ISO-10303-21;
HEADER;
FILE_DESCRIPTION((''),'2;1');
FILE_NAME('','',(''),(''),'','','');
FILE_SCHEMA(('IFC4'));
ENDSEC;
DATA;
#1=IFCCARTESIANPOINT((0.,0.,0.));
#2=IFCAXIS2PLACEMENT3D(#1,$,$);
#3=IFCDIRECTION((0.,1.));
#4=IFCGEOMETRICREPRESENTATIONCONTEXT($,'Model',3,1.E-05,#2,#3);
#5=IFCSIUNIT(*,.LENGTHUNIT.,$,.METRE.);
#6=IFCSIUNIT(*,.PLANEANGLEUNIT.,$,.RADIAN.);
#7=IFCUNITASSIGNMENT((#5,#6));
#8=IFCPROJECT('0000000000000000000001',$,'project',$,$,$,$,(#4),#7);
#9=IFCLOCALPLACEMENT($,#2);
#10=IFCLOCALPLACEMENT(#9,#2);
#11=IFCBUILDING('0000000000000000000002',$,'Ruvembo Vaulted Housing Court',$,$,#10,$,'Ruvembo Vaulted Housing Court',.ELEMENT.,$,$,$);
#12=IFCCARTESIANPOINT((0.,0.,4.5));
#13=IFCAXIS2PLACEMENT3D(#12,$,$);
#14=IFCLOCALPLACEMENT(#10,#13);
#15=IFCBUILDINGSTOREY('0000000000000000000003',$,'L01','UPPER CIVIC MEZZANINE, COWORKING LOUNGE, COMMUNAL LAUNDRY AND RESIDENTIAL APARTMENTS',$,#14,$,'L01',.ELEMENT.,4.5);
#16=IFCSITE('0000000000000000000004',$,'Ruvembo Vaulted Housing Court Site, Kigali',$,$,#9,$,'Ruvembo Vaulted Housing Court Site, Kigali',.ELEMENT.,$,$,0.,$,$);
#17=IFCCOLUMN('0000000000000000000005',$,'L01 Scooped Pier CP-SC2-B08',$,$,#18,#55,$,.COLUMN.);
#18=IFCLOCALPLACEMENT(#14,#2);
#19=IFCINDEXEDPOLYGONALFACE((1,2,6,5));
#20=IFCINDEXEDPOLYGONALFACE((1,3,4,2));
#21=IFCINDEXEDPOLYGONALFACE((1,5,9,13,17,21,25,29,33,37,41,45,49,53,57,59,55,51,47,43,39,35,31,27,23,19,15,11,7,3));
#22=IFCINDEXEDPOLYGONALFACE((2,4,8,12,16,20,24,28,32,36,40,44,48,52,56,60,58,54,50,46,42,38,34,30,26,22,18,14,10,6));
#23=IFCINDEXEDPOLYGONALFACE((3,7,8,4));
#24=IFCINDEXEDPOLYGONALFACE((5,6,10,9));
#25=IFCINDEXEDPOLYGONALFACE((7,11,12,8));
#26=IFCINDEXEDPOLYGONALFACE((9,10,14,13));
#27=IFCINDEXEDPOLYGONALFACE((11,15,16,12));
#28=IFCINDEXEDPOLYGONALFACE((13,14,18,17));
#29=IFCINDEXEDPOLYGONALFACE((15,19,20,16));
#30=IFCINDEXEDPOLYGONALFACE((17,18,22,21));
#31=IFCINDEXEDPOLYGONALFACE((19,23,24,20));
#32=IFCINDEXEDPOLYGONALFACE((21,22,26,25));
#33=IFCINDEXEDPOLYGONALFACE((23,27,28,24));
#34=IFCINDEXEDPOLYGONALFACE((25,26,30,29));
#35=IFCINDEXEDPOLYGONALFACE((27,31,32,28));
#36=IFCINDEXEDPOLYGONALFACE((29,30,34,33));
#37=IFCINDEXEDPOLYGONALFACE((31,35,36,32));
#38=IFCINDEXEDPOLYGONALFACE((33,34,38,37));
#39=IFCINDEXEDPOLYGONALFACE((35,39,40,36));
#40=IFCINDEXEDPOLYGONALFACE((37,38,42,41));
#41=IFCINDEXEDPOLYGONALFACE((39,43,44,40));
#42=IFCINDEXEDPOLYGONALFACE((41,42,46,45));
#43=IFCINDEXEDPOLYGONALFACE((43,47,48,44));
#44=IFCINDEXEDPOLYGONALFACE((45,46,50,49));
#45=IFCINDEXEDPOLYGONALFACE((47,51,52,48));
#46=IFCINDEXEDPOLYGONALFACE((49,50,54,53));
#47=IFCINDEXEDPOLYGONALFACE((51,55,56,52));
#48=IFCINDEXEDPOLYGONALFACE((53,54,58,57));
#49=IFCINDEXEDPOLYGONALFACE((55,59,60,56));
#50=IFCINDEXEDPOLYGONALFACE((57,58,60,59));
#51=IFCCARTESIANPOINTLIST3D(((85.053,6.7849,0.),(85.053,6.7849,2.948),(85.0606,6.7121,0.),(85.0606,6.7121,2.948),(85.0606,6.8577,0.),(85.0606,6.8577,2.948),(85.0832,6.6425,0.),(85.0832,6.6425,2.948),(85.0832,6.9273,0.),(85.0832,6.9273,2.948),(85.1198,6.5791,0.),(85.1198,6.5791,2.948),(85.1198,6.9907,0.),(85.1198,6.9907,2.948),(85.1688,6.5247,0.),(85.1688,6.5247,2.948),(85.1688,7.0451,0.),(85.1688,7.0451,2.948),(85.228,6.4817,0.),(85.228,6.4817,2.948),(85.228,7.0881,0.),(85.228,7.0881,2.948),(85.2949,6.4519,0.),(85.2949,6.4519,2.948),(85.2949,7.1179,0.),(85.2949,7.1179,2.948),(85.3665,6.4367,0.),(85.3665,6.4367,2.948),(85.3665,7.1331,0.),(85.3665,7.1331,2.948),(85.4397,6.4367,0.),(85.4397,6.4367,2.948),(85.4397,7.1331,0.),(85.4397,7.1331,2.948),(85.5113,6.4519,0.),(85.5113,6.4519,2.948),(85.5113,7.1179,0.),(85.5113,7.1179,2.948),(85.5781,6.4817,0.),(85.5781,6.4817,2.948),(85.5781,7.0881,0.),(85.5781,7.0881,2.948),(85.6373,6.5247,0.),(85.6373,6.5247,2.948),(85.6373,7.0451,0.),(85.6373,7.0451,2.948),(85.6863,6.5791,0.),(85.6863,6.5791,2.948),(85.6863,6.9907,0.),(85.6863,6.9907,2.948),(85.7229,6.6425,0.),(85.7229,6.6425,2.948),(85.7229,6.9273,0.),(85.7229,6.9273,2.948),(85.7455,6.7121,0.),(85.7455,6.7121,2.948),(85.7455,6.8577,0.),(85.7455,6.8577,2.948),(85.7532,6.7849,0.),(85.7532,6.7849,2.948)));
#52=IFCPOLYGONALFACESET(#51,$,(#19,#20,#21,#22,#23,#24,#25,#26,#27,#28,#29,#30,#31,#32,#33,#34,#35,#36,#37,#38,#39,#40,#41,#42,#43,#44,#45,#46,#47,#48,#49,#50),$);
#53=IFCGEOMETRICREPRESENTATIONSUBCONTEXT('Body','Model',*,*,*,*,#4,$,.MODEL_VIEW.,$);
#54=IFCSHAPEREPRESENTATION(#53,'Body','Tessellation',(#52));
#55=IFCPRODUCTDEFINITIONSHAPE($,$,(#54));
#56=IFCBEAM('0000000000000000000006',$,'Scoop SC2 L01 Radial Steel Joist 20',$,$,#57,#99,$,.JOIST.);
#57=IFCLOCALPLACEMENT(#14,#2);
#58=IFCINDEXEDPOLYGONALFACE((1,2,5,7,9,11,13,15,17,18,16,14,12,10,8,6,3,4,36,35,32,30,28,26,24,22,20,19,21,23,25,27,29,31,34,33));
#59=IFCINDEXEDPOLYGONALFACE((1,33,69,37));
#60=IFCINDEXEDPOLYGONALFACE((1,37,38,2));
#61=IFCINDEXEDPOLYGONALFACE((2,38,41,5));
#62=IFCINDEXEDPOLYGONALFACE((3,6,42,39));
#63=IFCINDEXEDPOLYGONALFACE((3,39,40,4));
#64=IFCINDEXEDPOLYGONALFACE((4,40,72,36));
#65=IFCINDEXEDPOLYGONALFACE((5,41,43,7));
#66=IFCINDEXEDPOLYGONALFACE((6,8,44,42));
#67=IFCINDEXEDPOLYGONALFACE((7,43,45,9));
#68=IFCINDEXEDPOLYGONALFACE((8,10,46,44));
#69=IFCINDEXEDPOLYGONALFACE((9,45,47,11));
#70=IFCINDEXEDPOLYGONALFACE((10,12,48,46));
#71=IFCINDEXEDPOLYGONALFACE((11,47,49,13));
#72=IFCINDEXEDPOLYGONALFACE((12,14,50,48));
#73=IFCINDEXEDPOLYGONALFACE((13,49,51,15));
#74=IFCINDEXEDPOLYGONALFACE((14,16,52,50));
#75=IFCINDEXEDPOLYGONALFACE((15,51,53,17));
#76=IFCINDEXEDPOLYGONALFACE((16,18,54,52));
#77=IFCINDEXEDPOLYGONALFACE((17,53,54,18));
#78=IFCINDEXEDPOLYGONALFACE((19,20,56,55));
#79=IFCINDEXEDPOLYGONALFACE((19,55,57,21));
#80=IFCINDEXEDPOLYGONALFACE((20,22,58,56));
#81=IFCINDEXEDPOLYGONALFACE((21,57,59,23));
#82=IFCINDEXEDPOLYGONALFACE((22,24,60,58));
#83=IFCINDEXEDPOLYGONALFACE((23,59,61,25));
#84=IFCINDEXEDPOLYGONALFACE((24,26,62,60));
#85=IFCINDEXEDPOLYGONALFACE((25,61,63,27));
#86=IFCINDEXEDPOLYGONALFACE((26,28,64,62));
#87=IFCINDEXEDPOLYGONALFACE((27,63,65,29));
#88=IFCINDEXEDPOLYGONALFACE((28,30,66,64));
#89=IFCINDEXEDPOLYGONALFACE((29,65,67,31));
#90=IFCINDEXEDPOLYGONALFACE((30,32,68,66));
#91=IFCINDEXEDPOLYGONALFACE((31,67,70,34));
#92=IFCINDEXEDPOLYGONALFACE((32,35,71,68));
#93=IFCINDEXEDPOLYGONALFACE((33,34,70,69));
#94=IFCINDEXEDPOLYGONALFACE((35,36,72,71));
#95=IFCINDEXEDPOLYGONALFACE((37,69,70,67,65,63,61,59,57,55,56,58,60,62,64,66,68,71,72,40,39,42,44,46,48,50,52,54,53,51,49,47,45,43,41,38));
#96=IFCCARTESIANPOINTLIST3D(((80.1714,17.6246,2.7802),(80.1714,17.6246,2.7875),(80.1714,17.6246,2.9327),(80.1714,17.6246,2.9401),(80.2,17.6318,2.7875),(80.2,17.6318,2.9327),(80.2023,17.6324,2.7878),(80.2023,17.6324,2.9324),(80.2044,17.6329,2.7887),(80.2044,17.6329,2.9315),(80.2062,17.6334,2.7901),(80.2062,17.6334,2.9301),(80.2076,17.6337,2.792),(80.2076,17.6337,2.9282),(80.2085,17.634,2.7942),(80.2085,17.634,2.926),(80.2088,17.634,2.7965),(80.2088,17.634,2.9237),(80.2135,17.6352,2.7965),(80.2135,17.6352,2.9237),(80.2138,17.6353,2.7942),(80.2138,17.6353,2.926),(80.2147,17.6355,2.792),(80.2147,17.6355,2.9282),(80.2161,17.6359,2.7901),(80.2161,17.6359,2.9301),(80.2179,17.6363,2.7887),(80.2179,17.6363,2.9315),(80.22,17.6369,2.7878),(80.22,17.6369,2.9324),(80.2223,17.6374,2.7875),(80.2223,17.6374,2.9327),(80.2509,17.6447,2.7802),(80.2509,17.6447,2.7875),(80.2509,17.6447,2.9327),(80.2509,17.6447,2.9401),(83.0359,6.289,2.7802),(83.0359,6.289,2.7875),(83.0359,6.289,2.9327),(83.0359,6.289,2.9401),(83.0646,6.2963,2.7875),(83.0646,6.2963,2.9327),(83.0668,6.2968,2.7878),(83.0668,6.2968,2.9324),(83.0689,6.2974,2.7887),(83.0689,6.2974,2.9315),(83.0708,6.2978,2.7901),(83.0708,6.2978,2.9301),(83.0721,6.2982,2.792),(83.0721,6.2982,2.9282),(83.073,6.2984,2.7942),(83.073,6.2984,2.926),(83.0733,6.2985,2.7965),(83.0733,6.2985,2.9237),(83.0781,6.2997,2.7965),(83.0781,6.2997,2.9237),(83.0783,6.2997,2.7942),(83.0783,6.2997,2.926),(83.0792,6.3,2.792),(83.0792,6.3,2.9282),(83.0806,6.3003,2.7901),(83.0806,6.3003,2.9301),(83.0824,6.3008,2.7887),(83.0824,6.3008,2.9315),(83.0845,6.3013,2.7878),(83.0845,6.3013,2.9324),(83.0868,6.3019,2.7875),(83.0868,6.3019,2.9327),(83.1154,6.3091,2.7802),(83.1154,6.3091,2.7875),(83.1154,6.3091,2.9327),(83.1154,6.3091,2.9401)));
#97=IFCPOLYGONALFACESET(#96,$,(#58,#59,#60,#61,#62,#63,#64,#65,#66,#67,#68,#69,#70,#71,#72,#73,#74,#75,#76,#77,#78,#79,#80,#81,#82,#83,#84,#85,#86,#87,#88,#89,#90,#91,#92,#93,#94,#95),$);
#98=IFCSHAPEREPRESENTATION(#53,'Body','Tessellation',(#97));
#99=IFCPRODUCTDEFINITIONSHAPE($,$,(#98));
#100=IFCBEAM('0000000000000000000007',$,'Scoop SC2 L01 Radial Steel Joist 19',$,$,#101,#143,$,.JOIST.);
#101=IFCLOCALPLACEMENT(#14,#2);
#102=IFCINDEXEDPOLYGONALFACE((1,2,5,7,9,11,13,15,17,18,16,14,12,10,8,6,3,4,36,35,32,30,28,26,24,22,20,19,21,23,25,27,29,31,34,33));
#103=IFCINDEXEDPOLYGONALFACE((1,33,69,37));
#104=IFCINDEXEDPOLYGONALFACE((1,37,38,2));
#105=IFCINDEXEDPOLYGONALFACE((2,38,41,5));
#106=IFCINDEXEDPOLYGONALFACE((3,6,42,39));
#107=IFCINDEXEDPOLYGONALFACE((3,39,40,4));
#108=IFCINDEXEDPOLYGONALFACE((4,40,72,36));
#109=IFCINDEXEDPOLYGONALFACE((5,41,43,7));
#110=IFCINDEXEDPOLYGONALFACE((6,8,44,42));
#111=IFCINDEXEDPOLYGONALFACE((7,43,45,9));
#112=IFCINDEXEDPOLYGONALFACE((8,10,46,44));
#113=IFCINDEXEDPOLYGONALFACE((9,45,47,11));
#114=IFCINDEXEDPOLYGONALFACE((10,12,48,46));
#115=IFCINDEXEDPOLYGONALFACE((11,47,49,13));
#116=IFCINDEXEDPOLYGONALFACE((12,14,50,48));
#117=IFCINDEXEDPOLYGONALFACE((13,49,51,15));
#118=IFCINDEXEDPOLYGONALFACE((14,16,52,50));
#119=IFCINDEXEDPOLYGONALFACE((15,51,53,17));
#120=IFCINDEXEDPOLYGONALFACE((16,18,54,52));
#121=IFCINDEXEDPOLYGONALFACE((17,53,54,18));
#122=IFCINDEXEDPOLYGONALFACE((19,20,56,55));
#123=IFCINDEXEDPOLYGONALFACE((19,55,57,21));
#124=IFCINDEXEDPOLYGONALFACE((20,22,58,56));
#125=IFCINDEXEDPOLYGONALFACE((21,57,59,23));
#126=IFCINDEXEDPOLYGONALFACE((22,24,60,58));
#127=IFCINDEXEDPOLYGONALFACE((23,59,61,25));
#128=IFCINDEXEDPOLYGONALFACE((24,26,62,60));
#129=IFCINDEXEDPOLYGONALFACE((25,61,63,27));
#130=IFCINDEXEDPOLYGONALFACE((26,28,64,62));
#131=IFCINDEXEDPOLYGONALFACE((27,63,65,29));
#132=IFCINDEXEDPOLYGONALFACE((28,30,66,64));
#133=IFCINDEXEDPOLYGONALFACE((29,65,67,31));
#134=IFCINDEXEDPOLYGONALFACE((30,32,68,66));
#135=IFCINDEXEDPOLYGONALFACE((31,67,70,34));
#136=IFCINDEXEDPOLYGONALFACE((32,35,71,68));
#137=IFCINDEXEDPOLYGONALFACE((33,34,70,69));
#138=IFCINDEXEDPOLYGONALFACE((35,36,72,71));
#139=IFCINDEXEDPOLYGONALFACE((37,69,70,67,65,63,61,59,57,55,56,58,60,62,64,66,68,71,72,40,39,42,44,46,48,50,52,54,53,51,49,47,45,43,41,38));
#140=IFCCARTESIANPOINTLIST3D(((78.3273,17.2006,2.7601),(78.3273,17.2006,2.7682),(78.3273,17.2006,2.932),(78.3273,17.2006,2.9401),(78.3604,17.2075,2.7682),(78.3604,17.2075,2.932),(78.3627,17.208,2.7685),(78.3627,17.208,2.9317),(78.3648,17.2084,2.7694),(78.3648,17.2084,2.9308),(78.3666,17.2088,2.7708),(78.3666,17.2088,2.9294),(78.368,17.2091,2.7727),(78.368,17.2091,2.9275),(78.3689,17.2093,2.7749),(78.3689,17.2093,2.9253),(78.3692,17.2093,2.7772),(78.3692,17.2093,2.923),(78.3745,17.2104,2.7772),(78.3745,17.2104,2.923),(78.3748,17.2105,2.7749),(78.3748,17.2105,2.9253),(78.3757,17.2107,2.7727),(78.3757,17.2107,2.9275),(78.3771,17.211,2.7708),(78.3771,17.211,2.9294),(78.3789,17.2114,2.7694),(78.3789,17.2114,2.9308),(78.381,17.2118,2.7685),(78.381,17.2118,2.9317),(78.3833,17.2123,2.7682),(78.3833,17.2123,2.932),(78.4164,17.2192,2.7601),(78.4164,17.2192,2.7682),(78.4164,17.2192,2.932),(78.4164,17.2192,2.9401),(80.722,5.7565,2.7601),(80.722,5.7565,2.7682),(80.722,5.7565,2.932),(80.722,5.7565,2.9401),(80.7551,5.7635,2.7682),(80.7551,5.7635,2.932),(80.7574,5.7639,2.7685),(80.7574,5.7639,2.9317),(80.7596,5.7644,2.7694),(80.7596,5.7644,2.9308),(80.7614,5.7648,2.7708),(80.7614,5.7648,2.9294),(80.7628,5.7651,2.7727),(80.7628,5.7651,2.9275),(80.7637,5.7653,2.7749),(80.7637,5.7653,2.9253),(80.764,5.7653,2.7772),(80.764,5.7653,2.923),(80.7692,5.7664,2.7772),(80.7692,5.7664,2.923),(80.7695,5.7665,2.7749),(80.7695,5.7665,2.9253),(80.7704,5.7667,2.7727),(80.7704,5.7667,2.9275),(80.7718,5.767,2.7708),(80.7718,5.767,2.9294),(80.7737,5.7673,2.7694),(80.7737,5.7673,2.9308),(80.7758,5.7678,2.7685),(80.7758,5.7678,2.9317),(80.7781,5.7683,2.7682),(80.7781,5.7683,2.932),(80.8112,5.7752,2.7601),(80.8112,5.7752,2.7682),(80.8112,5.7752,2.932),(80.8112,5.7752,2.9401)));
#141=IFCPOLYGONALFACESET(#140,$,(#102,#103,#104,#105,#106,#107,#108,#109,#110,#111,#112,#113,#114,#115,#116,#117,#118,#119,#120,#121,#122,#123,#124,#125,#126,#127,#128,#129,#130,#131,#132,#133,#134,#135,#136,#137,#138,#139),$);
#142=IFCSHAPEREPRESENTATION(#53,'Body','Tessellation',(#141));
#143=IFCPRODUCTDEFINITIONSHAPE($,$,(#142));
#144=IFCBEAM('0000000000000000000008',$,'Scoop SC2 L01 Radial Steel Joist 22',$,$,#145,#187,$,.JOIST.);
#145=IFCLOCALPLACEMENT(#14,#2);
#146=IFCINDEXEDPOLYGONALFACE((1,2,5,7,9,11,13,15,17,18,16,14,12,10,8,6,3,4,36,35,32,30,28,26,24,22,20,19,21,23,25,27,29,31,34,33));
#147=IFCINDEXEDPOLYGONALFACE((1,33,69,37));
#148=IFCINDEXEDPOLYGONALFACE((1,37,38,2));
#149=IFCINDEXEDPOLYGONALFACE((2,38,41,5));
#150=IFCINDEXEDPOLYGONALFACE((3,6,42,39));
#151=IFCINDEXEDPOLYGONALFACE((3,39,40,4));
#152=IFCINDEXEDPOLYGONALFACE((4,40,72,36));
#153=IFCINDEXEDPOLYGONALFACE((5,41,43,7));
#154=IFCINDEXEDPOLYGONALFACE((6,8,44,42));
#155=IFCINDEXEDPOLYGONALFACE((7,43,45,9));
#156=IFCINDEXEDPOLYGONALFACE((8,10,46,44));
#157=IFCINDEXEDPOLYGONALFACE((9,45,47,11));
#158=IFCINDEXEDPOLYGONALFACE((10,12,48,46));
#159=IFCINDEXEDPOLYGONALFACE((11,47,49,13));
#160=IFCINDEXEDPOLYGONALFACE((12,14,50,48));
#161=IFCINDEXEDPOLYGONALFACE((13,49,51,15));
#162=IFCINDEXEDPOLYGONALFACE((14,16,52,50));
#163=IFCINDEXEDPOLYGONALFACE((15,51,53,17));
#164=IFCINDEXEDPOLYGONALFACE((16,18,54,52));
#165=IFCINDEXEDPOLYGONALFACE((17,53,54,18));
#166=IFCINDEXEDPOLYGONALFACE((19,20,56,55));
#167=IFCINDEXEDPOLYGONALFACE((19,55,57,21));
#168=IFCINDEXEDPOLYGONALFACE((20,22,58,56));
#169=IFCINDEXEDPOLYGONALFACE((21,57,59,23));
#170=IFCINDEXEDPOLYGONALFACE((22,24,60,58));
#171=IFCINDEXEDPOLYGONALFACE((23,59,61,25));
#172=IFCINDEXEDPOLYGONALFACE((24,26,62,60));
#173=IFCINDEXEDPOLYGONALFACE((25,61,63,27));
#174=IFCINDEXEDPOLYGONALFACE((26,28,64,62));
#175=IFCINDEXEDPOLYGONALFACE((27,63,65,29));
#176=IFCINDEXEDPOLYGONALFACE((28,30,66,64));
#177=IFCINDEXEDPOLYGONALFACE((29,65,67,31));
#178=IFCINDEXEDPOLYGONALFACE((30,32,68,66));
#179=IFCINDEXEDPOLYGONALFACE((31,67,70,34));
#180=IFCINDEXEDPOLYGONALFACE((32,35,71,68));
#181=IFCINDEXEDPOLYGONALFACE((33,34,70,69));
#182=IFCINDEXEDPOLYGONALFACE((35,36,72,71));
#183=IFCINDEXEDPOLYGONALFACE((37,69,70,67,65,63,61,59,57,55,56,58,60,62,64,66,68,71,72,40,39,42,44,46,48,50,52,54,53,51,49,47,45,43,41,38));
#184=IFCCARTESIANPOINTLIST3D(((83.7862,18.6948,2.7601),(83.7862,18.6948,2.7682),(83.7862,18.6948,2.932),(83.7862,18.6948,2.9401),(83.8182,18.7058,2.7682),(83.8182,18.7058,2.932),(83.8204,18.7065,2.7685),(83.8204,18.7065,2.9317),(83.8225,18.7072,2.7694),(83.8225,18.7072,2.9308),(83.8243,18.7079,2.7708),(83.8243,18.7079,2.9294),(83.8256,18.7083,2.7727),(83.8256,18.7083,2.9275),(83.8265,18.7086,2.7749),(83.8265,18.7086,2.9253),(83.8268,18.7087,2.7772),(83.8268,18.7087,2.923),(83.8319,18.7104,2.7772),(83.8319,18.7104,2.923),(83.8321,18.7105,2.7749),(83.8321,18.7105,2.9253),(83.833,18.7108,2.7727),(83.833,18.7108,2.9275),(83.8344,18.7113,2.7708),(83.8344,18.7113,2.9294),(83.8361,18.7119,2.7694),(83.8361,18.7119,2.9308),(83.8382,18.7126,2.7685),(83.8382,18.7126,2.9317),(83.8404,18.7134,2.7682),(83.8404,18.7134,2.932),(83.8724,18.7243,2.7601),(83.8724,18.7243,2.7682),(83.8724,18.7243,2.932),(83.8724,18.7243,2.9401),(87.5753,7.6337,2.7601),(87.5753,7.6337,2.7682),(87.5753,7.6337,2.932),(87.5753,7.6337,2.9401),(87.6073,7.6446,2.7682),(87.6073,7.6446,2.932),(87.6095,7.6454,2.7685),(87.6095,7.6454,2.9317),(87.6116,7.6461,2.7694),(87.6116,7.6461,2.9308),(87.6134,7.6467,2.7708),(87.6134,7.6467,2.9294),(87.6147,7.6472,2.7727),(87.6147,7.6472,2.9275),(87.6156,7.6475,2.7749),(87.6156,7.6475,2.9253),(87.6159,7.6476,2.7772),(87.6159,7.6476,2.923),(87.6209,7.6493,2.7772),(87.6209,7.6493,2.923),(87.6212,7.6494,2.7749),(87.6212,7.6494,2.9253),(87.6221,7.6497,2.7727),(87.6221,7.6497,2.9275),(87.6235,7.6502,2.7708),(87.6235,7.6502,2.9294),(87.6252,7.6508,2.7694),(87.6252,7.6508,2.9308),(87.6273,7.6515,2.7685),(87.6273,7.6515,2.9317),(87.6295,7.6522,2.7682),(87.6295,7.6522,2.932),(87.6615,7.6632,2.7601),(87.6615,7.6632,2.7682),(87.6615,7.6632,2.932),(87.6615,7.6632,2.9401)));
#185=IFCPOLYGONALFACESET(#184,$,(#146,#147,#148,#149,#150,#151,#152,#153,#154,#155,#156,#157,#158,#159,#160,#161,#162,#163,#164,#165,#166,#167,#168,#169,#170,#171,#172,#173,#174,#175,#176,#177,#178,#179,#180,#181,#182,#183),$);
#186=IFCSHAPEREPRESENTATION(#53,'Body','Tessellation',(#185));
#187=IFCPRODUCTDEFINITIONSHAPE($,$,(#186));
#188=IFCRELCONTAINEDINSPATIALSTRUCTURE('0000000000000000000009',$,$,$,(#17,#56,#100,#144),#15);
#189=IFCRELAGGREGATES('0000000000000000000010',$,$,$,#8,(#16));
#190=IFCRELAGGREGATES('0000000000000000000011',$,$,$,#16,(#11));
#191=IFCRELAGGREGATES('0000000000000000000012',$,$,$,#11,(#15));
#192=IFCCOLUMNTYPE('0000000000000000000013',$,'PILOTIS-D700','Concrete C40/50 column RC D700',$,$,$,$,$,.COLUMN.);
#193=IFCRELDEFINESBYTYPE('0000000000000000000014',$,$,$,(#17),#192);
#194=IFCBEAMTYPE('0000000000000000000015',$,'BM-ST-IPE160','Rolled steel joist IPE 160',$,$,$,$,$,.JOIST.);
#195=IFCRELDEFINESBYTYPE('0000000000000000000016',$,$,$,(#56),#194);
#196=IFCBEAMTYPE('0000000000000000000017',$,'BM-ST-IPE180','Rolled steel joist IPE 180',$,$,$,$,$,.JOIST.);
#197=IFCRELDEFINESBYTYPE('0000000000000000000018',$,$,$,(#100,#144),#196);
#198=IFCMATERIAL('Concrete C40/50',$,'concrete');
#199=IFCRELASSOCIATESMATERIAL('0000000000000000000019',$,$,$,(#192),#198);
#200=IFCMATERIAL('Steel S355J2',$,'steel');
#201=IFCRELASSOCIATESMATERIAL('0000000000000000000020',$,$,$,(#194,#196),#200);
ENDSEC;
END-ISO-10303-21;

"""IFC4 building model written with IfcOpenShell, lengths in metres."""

from ifc_helpers import new_model, si_unit, direction, frame, origin, origin_2d, place, context, subcontext, project, spatial, circle, i_section, extrude, material, material_profile, profile_set, type_object, element, save


model = new_model("IFC4")

# Units and contexts
model_context = context("Model", 3, precision=1e-05, world=origin(), true_north=direction((0.0, 1.0)))
body_context = subcontext(model_context, "Body", "Model", "MODEL_VIEW")
ifc_project = project(units=[si_unit("LENGTHUNIT", "METRE"), si_unit("PLANEANGLEUNIT", "RADIAN")], contexts=[model_context])

# Site, building, storey
site_placement = place(None, origin())
site = spatial("IfcSite", under=ifc_project, at=site_placement, Name="Ruvembo Vaulted Housing Court Site, Kigali", LongName="Ruvembo Vaulted Housing Court Site, Kigali", CompositionType="ELEMENT", RefElevation=0.0)
building_placement = place(site_placement, origin())
building = spatial("IfcBuilding", under=site, at=building_placement, Name="Ruvembo Vaulted Housing Court", LongName="Ruvembo Vaulted Housing Court", CompositionType="ELEMENT")
storey_placement = place(building_placement, frame((0.0, 0.0, 4.5)))
storey = spatial("IfcBuildingStorey", under=building, at=storey_placement, Name="L01", Description="UPPER CIVIC MEZZANINE, COWORKING LOUNGE, COMMUNAL LAUNDRY AND RESIDENTIAL APARTMENTS", LongName="L01", CompositionType="ELEMENT", Elevation=4.5)

# Column
ifc_material_1 = material(Name="Concrete C40/50", Category="concrete")
ifc_material_profile_1 = material_profile(ifc_material_1, circle(Radius=0.3501, at=origin_2d()), Name="RC D700")
ifc_profile_set_1 = profile_set([ifc_material_profile_1], Name="Concrete C40/50")
column_type = type_object("IfcColumnType", Name="PILOTIS-D700", Description="Concrete C40/50 column RC D700", PredefinedType="COLUMN", material=ifc_profile_set_1)
column_placement = place(storey_placement, frame((85.4031, 6.7849, 0.0), z_axis=(0.0, 0.0, 1.0), x_axis=(1.0, 0.0, 0.0)))
element("IfcColumn", 1, at=column_placement, inside=storey, type_object=column_type, Name="L01 Scooped Pier CP-SC2-B08", PredefinedType="COLUMN", context=body_context, shape_type="SweptSolid", body=[
    extrude(circle(Radius=0.3501, at=origin_2d()), origin(), (0.0, 0.0, 1.0), 2.948),
])

# Beams
ifc_material_2 = material(Name="Steel S355J2", Category="steel")
ifc_material_profile_2 = material_profile(ifc_material_2, i_section(OverallWidth=0.082, OverallDepth=0.1599, WebThickness=0.0049, FlangeThickness=0.0073, FilletRadius=0.009, at=origin_2d()), Name="IPE 160")
ifc_profile_set_2 = profile_set([ifc_material_profile_2], Name="Steel S355J2")
beam_type_1 = type_object("IfcBeamType", Name="BM-ST-IPE160", Description="Rolled steel joist IPE 160", PredefinedType="JOIST", material=ifc_profile_set_2)
beam_1_placement = place(storey_placement, frame((83.0757, 6.2991, 2.8601), z_axis=(-0.245001, 0.969523, 0.0), x_axis=(-0.969523, -0.245001, 0.0)))
element("IfcBeam", 2, at=beam_1_placement, inside=storey, type_object=beam_type_1, Name="Scoop SC2 L01 Radial Steel Joist 20", PredefinedType="JOIST", context=body_context, shape_type="SweptSolid", body=[
    extrude(i_section(OverallWidth=0.082, OverallDepth=0.1599, WebThickness=0.0049, FlangeThickness=0.0073, FilletRadius=0.009, at=origin_2d()), origin(), (0.0, 0.0, 1.0), 11.6919),
])
ifc_material_profile_3 = material_profile(ifc_material_2, i_section(OverallWidth=0.0911, OverallDepth=0.1799, WebThickness=0.0054, FlangeThickness=0.0081, FilletRadius=0.009, at=origin_2d()), Name="IPE 180")
ifc_profile_set_3 = profile_set([ifc_material_profile_3], Name="Steel S355J2")
beam_type_2 = type_object("IfcBeamType", Name="BM-ST-IPE180", Description="Rolled steel joist IPE 180", PredefinedType="JOIST", material=ifc_profile_set_3)
beam_2_placement = place(storey_placement, frame((80.7666, 5.7659, 2.8501), z_axis=(-0.204822, 0.978799, 0.0), x_axis=(-0.978799, -0.204822, 0.0)))
element("IfcBeam", 3, at=beam_2_placement, inside=storey, type_object=beam_type_2, Name="Scoop SC2 L01 Radial Steel Joist 19", PredefinedType="JOIST", context=body_context, shape_type="SweptSolid", body=[
    extrude(i_section(OverallWidth=0.0911, OverallDepth=0.1799, WebThickness=0.0054, FlangeThickness=0.0081, FilletRadius=0.009, at=origin_2d()), origin(), (0.0, 0.0, 1.0), 11.6919),
])
beam_3_placement = place(storey_placement, frame((87.6184, 7.6484, 2.8501), z_axis=(-0.324072, 0.946032, 0.0), x_axis=(-0.946032, -0.324072, 0.0)))
element("IfcBeam", 4, at=beam_3_placement, inside=storey, type_object=beam_type_2, Name="Scoop SC2 L01 Radial Steel Joist 22", PredefinedType="JOIST", context=body_context, shape_type="SweptSolid", body=[
    extrude(i_section(OverallWidth=0.0911, OverallDepth=0.1799, WebThickness=0.0054, FlangeThickness=0.0081, FilletRadius=0.009, at=origin_2d()), origin(), (0.0, 0.0, 1.0), 11.6921),
])

save(model, "model.ifc")
